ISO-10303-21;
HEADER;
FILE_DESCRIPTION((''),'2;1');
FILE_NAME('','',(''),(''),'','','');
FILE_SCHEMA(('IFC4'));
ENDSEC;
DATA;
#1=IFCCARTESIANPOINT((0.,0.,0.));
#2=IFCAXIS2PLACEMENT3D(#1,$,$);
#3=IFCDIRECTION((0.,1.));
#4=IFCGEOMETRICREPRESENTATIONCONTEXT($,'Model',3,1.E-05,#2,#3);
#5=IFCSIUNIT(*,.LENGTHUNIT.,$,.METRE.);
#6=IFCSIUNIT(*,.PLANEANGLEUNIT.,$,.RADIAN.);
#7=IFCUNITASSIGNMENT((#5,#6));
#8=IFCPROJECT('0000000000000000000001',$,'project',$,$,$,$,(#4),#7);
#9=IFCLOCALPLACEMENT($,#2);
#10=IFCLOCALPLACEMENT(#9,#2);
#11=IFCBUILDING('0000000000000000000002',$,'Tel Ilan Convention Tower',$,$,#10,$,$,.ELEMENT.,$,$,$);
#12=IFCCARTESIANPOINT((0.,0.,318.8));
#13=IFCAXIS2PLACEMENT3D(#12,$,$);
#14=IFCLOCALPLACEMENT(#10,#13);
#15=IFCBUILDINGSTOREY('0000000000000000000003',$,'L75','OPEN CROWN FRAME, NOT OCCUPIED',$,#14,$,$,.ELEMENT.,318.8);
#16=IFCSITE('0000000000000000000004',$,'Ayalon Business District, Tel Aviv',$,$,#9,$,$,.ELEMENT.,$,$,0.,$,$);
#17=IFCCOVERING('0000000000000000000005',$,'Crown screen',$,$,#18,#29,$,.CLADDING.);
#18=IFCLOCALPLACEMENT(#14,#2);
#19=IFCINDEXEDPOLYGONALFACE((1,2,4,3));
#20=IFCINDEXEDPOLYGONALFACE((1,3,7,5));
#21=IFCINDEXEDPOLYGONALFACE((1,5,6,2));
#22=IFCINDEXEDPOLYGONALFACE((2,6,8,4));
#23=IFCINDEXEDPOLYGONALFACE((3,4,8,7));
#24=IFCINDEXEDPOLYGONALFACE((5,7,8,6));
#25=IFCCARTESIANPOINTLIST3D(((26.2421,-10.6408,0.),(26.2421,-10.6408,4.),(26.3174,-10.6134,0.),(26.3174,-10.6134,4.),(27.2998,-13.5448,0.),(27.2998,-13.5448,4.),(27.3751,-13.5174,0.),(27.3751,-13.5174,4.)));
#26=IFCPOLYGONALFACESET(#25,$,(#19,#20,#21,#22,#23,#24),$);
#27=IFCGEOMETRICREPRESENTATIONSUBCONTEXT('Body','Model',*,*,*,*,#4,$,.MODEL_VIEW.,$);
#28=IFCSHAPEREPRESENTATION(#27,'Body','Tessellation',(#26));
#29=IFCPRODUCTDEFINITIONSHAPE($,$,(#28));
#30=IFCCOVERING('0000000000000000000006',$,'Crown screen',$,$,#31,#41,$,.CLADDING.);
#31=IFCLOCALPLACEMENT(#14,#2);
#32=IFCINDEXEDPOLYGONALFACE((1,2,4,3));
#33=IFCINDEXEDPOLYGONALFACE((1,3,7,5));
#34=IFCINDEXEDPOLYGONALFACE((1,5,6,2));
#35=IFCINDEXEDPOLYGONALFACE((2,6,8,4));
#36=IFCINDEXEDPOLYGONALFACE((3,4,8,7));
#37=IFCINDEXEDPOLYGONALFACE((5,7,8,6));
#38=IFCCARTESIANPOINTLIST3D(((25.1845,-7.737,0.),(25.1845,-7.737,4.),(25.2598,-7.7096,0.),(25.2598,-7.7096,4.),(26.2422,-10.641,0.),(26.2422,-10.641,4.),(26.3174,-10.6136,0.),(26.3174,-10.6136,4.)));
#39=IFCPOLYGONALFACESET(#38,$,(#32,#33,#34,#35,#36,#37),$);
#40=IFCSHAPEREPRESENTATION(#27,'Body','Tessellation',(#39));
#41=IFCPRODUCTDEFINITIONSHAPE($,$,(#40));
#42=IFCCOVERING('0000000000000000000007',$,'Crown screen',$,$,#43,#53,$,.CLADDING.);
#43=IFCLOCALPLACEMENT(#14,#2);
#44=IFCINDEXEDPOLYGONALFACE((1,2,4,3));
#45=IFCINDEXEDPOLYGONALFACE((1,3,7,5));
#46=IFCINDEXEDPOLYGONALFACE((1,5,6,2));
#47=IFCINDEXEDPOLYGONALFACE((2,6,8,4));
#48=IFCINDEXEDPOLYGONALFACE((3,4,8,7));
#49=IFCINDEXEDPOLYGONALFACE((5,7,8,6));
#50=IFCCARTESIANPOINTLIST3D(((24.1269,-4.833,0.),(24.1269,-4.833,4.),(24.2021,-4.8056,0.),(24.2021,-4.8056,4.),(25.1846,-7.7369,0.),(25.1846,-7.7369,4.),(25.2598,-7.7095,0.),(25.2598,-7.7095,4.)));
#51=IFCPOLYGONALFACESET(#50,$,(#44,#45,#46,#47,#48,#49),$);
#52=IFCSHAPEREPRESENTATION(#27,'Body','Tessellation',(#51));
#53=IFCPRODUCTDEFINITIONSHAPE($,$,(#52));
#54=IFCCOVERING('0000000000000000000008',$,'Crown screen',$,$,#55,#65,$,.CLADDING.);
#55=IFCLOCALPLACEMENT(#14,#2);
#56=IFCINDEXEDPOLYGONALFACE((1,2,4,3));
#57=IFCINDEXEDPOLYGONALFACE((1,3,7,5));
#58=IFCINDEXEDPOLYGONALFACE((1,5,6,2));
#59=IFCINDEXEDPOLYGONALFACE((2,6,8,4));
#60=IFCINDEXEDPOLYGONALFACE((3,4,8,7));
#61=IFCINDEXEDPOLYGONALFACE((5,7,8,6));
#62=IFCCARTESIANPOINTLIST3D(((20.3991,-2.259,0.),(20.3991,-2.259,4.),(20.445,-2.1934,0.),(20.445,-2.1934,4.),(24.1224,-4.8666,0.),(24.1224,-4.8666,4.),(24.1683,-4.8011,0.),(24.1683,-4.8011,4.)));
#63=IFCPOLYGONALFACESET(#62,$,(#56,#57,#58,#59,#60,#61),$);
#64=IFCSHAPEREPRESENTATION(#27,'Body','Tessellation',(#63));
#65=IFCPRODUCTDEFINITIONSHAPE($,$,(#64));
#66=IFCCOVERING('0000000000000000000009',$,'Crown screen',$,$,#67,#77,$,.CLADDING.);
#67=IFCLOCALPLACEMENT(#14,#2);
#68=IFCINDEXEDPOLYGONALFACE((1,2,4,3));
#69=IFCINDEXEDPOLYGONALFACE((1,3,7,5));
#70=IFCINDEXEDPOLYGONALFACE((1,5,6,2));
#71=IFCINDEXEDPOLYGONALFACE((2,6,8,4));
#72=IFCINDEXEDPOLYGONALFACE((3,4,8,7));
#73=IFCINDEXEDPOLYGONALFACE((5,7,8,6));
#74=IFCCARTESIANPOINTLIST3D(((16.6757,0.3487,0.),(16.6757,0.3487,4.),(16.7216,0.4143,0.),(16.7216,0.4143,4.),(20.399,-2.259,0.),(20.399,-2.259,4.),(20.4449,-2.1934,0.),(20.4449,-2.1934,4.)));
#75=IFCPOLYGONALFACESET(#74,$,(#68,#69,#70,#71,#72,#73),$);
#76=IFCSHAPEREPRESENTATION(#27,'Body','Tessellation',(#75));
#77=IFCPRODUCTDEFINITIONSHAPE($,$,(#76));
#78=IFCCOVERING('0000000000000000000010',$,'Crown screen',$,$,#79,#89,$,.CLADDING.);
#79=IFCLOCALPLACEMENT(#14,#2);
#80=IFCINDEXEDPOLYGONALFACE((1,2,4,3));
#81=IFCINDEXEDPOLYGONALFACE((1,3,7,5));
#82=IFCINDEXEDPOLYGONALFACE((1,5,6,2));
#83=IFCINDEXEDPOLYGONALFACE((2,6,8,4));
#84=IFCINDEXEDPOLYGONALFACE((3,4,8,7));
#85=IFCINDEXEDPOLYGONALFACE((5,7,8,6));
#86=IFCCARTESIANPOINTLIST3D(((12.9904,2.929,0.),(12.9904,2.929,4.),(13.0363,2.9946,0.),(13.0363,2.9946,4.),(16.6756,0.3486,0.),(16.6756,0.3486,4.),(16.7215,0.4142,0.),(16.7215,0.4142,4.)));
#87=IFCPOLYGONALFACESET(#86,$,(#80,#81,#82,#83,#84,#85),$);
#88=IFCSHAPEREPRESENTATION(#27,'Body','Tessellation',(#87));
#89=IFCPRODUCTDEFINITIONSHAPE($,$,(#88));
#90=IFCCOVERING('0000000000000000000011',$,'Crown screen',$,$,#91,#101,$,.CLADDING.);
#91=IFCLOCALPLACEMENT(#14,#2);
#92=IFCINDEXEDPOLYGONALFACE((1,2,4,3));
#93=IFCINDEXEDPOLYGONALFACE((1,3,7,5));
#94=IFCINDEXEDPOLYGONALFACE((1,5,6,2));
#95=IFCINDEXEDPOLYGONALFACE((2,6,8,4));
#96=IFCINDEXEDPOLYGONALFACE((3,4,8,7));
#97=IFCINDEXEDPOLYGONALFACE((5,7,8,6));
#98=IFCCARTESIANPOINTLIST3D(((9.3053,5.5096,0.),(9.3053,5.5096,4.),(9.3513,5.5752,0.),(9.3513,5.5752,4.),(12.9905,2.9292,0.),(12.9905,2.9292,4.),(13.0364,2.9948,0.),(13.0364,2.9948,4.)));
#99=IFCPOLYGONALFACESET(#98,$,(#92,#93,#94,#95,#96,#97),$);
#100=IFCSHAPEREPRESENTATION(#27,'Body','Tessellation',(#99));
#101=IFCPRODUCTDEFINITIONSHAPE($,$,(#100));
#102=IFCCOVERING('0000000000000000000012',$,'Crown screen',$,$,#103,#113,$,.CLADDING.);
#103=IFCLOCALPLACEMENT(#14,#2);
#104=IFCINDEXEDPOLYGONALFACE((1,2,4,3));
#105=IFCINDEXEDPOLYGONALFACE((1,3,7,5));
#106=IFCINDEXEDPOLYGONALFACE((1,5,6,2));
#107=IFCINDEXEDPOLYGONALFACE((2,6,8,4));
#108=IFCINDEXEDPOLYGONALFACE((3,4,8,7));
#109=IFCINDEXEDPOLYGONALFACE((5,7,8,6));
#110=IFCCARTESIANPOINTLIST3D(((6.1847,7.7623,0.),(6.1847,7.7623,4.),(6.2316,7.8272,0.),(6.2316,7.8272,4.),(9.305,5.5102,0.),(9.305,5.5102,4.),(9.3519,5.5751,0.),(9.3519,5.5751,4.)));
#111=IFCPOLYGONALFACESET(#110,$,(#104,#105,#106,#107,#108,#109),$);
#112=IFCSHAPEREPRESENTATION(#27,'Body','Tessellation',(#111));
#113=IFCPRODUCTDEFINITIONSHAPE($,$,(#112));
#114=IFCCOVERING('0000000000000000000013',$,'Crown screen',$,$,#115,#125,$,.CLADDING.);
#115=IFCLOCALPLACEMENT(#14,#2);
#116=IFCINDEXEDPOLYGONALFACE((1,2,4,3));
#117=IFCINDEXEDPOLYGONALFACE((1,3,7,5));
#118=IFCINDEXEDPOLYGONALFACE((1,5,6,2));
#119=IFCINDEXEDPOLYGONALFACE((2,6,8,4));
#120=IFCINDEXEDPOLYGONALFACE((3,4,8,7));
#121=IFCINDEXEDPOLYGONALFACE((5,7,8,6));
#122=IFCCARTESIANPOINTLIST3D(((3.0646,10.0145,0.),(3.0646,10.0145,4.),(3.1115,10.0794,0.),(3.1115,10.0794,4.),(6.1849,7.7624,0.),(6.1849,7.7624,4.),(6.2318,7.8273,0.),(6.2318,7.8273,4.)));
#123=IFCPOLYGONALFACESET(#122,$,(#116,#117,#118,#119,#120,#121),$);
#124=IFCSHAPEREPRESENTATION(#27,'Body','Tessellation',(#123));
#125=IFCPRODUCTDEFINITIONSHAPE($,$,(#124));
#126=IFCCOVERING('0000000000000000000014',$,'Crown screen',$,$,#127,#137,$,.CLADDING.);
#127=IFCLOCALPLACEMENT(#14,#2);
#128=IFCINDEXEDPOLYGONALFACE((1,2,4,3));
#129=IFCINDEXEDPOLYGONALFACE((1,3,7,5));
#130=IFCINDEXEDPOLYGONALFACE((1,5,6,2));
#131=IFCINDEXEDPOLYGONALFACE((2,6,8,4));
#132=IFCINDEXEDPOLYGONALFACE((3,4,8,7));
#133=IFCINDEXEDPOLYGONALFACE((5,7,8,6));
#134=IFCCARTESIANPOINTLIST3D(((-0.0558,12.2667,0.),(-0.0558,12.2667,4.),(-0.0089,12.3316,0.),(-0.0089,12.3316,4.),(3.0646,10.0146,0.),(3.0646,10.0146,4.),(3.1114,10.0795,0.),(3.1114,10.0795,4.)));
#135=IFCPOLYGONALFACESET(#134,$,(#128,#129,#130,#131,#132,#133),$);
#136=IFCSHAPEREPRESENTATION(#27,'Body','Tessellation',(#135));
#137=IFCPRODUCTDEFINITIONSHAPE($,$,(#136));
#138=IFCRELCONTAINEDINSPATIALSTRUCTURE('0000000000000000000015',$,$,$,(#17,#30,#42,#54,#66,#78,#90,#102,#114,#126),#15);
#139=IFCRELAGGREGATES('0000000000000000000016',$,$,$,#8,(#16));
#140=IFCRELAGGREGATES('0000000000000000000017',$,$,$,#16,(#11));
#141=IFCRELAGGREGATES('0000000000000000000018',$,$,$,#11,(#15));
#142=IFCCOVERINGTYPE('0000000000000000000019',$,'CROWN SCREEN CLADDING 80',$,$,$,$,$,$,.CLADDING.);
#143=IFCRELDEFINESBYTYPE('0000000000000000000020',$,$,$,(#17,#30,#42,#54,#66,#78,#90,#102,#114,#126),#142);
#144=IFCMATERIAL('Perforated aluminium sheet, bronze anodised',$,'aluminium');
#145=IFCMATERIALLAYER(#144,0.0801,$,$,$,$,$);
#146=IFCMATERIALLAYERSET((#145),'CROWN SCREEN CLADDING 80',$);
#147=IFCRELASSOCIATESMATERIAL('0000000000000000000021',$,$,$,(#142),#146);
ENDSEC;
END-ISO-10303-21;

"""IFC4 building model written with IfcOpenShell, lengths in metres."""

from ifc_helpers import new_model, si_unit, direction, frame, origin, origin_2d, place, context, subcontext, project, spatial, rectangle, extrude, material, layer, layer_set, type_object, element, save


model = new_model("IFC4")

# Units and contexts
model_context = context("Model", 3, precision=1e-05, world=origin(), true_north=direction((0.0, 1.0)))
body_context = subcontext(model_context, "Body", "Model", "MODEL_VIEW")
ifc_project = project(units=[si_unit("LENGTHUNIT", "METRE"), si_unit("PLANEANGLEUNIT", "RADIAN")], contexts=[model_context])

# Site, building, storey
site_placement = place(None, origin())
site = spatial("IfcSite", under=ifc_project, at=site_placement, Name="Ayalon Business District, Tel Aviv", CompositionType="ELEMENT", RefElevation=0.0)
building_placement = place(site_placement, origin())
building = spatial("IfcBuilding", under=site, at=building_placement, Name="Tel Ilan Convention Tower", CompositionType="ELEMENT")
storey_placement = place(building_placement, frame((0.0, 0.0, 318.8)))
storey = spatial("IfcBuildingStorey", under=building, at=storey_placement, Name="L75", Description="OPEN CROWN FRAME, NOT OCCUPIED", CompositionType="ELEMENT", Elevation=318.8)

# Coverings
ifc_material_1 = material(Name="Perforated aluminium sheet, bronze anodised", Category="aluminium")
ifc_layer_1 = layer(ifc_material_1, 0.0801)
ifc_layer_set_1 = layer_set([ifc_layer_1], Name="CROWN SCREEN CLADDING 80")
covering_type = type_object("IfcCoveringType", Name="CROWN SCREEN CLADDING 80", PredefinedType="CLADDING", material=ifc_layer_set_1)
for number, where, z_axis, x_axis, name in (
    (1, (26.8086, -12.0791, 0.0), (0.0, 0.0, 1.0), (-0.342225, 0.939618, 0.0), "Crown screen"),
    (2, (25.751, -9.1753, 0.0), (0.0, 0.0, 1.0), (-0.342225, 0.939618, 0.0), "Crown screen"),
    (3, (24.6934, -6.2712, 0.0), (0.0, 0.0, 1.0), (-0.342225, 0.939618, 0.0), "Crown screen"),
):
    element("IfcCovering", number, at=place(storey_placement, frame(where, z_axis=z_axis, x_axis=x_axis)), inside=storey, type_object=covering_type, Name=name, PredefinedType="CLADDING", context=body_context, shape_type="SweptSolid", body=[
        extrude(rectangle(XDim=3.0906, YDim=0.0801, at=origin_2d()), origin(), (0.0, 0.0, 1.0), 4.0),
    ])
for number, where, z_axis, x_axis, name in (
    (4, (22.2837, -3.53, 0.0), (0.0, 0.0, 1.0), (-0.819096, 0.573656, 0.0), "Crown screen"),
    (5, (18.5603, -0.9224, 0.0), (0.0, 0.0, 1.0), (-0.819096, 0.573656, 0.0), "Crown screen"),
):
    element("IfcCovering", number, at=place(storey_placement, frame(where, z_axis=z_axis, x_axis=x_axis)), inside=storey, type_object=covering_type, Name=name, PredefinedType="CLADDING", context=body_context, shape_type="SweptSolid", body=[
        extrude(rectangle(XDim=4.5457, YDim=0.0801, at=origin_2d()), origin(), (0.0, 0.0, 1.0), 4.0),
    ])
for number, where, z_axis, x_axis, name in (
    (6, (14.856, 1.6716, 0.0), (0.0, 0.0, 1.0), (-0.819148, 0.573582, 0.0), "Crown screen"),
    (7, (11.1709, 4.2522, 0.0), (0.0, 0.0, 1.0), (-0.819148, 0.573582, 0.0), "Crown screen"),
):
    element("IfcCovering", number, at=place(storey_placement, frame(where, z_axis=z_axis, x_axis=x_axis)), inside=storey, type_object=covering_type, Name=name, PredefinedType="CLADDING", context=body_context, shape_type="SweptSolid", body=[
        extrude(rectangle(XDim=4.4988, YDim=0.0801, at=origin_2d()), origin(), (0.0, 0.0, 1.0), 4.0),
    ])
for number, where, z_axis, x_axis, name in (
    (8, (7.7683, 6.6687, 0.0), (0.0, 0.0, 1.0), (-0.810863, 0.585236, 0.0), "Crown screen"),
    (9, (4.6482, 8.9209, 0.0), (0.0, 0.0, 1.0), (-0.810863, 0.585236, 0.0), "Crown screen"),
    (10, (1.5278, 11.1731, 0.0), (0.0, 0.0, 1.0), (-0.810863, 0.585236, 0.0), "Crown screen"),
):
    element("IfcCovering", number, at=place(storey_placement, frame(where, z_axis=z_axis, x_axis=x_axis)), inside=storey, type_object=covering_type, Name=name, PredefinedType="CLADDING", context=body_context, shape_type="SweptSolid", body=[
        extrude(rectangle(XDim=3.8481, YDim=0.0801, at=origin_2d()), origin(), (0.0, 0.0, 1.0), 4.0),
    ])

save(model, "model.ifc")
